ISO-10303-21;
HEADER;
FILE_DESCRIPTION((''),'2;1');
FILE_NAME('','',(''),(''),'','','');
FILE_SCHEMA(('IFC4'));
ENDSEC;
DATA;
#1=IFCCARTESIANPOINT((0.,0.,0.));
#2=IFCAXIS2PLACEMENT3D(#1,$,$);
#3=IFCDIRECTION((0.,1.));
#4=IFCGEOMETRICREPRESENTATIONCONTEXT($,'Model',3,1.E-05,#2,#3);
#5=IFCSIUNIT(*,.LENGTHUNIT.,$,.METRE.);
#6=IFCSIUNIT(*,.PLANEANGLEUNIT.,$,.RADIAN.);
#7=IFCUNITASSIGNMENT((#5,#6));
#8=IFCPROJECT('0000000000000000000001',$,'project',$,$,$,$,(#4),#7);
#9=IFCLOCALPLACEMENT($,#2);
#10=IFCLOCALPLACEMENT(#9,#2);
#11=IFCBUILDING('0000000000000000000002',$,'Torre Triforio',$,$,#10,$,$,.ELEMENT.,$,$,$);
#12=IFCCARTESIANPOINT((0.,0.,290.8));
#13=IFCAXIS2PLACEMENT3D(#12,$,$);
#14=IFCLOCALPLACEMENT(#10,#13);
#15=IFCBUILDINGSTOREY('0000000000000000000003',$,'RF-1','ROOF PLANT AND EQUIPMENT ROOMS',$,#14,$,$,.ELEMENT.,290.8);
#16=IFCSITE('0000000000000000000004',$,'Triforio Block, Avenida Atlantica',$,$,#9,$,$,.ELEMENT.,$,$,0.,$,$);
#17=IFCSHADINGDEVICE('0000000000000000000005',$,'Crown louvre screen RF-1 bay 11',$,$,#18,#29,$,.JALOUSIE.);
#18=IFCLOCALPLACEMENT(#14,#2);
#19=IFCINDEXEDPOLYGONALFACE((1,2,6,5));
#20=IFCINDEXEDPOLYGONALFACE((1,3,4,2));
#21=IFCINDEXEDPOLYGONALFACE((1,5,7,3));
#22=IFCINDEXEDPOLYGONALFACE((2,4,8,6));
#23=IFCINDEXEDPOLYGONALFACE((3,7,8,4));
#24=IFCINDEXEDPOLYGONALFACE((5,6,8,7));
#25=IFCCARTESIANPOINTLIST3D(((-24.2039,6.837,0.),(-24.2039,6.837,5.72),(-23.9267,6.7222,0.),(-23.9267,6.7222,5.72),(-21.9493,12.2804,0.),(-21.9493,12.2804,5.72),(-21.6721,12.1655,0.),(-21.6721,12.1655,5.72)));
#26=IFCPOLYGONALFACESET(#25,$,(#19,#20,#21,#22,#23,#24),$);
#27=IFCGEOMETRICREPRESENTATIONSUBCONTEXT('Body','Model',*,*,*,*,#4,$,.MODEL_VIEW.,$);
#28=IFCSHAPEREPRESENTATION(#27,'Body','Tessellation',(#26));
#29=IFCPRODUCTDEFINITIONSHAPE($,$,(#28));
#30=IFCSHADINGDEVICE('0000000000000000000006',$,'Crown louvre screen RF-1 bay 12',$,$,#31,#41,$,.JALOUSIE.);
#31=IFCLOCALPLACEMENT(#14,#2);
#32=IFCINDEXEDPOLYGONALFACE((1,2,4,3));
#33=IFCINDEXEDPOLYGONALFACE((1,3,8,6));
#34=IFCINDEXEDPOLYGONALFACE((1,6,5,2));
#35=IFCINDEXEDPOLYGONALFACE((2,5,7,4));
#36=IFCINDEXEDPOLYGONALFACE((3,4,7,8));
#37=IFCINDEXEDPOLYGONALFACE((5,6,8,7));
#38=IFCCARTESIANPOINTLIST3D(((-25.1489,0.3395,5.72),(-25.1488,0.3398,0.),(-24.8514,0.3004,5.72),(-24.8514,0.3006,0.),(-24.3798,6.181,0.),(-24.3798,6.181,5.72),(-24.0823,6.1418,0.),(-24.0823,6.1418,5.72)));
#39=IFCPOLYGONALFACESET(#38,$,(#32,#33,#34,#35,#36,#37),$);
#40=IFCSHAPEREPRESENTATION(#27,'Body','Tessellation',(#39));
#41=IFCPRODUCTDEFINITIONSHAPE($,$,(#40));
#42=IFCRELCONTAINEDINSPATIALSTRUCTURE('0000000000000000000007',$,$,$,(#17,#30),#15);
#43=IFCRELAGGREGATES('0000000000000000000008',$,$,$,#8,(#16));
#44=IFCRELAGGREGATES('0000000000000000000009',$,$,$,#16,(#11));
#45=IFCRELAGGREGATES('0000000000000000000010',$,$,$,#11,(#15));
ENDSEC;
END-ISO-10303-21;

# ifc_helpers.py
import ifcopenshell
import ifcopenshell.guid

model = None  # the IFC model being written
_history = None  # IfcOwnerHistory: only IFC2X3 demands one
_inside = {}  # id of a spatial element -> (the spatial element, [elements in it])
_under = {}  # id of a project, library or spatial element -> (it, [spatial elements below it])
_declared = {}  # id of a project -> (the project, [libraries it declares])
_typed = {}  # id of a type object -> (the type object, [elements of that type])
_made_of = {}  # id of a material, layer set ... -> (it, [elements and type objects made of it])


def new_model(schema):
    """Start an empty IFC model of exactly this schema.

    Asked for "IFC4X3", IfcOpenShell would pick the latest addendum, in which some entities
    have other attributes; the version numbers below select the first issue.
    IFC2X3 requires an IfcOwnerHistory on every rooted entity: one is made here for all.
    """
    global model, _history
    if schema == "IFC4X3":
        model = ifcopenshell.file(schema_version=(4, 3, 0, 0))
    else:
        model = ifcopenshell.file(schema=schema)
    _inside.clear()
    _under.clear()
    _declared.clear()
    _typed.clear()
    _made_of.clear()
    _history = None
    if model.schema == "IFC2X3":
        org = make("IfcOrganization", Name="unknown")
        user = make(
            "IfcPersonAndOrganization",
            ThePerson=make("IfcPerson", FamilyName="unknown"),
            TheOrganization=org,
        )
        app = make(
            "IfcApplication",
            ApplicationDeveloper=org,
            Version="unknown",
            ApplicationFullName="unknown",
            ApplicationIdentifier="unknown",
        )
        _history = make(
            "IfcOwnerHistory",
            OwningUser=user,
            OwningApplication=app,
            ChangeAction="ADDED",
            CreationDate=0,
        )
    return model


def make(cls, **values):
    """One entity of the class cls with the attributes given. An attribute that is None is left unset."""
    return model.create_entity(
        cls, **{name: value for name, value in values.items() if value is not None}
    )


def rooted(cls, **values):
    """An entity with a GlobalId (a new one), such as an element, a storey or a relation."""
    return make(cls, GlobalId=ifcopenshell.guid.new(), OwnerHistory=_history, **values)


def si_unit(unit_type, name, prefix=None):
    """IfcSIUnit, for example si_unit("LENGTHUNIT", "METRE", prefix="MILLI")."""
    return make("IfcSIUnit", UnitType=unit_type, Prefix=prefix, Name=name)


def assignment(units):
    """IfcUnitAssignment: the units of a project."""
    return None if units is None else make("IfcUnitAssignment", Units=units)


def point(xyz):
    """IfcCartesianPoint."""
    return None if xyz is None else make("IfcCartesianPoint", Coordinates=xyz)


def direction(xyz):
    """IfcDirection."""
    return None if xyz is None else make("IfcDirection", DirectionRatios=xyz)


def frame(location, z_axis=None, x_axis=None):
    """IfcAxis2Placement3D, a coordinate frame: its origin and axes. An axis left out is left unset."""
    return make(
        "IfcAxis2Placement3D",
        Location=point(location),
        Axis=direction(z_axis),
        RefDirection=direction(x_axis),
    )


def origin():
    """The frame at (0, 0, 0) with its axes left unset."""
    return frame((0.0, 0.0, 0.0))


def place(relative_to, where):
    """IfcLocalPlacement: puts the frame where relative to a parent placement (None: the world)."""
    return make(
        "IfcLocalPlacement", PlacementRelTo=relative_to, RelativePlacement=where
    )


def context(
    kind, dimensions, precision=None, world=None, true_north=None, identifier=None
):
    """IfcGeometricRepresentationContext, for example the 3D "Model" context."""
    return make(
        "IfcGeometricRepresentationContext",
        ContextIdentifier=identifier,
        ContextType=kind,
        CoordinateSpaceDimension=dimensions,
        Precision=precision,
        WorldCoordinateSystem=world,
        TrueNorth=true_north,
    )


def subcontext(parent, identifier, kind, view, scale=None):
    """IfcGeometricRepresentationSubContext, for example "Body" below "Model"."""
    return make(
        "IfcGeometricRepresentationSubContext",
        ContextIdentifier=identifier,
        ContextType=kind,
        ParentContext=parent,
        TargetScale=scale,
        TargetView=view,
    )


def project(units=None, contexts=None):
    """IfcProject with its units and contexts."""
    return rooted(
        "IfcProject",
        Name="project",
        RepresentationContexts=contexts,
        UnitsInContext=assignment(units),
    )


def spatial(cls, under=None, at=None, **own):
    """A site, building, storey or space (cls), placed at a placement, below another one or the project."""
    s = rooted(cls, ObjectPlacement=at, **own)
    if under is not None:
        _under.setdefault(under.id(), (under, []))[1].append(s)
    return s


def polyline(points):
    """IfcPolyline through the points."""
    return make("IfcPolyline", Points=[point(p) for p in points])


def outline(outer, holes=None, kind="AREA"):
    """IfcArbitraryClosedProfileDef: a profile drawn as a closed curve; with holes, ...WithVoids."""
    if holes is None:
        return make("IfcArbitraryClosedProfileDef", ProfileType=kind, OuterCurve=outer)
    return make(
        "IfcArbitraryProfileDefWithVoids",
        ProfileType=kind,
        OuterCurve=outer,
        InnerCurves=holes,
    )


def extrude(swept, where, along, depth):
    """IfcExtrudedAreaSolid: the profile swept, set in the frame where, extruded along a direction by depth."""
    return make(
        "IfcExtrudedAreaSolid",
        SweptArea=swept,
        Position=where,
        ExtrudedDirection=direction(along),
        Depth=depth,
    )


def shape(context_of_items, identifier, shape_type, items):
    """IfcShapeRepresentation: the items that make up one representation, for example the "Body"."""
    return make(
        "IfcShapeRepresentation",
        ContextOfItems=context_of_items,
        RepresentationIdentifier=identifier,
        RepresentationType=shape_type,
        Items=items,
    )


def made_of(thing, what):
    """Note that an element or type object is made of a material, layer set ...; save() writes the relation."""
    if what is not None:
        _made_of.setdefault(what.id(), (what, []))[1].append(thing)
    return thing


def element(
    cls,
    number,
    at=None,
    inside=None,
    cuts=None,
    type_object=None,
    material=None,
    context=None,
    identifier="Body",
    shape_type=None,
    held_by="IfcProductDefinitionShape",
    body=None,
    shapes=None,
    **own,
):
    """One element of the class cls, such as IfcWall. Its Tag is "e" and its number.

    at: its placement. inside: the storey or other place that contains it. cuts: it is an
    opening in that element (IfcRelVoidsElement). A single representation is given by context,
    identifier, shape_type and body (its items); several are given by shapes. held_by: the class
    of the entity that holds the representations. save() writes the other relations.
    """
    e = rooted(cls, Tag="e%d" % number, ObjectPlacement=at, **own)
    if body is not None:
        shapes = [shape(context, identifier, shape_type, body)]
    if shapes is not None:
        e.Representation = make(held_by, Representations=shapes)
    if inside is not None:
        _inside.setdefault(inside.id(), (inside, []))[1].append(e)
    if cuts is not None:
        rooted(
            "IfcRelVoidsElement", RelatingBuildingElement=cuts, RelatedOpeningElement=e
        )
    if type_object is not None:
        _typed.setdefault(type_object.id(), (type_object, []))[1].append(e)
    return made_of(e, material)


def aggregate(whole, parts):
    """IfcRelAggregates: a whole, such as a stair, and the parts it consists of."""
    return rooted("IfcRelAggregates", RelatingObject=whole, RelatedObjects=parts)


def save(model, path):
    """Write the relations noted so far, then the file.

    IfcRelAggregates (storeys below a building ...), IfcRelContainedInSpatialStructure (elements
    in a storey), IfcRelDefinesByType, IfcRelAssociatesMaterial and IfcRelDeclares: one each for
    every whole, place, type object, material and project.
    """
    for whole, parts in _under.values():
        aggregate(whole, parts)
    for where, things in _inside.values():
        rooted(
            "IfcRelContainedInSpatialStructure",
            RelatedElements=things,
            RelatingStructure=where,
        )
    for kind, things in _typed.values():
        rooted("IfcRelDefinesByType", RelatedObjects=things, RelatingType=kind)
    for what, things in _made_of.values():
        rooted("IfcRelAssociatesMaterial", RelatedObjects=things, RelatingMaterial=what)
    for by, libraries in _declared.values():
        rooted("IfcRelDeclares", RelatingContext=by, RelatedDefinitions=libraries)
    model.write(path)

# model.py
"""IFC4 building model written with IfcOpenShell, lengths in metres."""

from ifc_helpers import new_model, si_unit, direction, frame, origin, place, context, subcontext, project, spatial, polyline, outline, extrude, element, save


model = new_model("IFC4")

# Units and contexts
model_context = context("Model", 3, precision=1e-05, world=origin(), true_north=direction((0.0, 1.0)))
body_context = subcontext(model_context, "Body", "Model", "MODEL_VIEW")
ifc_project = project(units=[si_unit("LENGTHUNIT", "METRE"), si_unit("PLANEANGLEUNIT", "RADIAN")], contexts=[model_context])

# Site, building, storey
site_placement = place(None, origin())
site = spatial("IfcSite", under=ifc_project, at=site_placement, Name="Triforio Block, Avenida Atlantica", CompositionType="ELEMENT", RefElevation=0.0)
building_placement = place(site_placement, origin())
building = spatial("IfcBuilding", under=site, at=building_placement, Name="Torre Triforio", CompositionType="ELEMENT")
storey_placement = place(building_placement, frame((0.0, 0.0, 290.8)))
storey = spatial("IfcBuildingStorey", under=building, at=storey_placement, Name="RF-1", Description="ROOF PLANT AND EQUIPMENT ROOMS", CompositionType="ELEMENT", Elevation=290.8)

# Shading devices
for number, where, z_axis, x_axis, name in (
    (1, (-21.8105, 12.2229, 0.0), (0.0, 0.0, 1.0), (-0.382673, -0.923884, 0.0), "Crown louvre screen RF-1 bay 11"),
):
    element("IfcShadingDevice", number, at=place(storey_placement, frame(where, z_axis=z_axis, x_axis=x_axis)), inside=storey, Name=name, PredefinedType="JALOUSIE", context=body_context, shape_type="SweptSolid", body=[
        extrude(outline(polyline([(0.0, 0.0), (5.8918, 0.0), (5.8918, 5.72), (0.0, 5.72), (0.0, 0.0)])), frame((0.0, 0.1499, 0.0), z_axis=(0.0, -1.0, 0.0), x_axis=(1.0, 0.0, 0.0)), (0.0, 0.0, 1.0), 0.3),
    ])
shading_device_placement = place(storey_placement, frame((-24.231, 6.1614, 0.0), z_axis=(0.0, 0.0, 1.0), x_axis=(-0.13053, -0.991444, 0.0)))
element("IfcShadingDevice", 2, at=shading_device_placement, inside=storey, Name="Crown louvre screen RF-1 bay 12", PredefinedType="JALOUSIE", context=body_context, shape_type="SweptSolid", body=[
    extrude(outline(polyline([(0.0, 0.0), (5.8916, 0.0), (5.8918, 5.72), (0.0, 5.72), (0.0, 0.0)])), frame((0.0, 0.1499, 0.0), z_axis=(0.0, -1.0, 0.0), x_axis=(1.0, 0.0, 0.0)), (0.0, 0.0, 1.0), 0.3),
])

save(model, "model.ifc")
